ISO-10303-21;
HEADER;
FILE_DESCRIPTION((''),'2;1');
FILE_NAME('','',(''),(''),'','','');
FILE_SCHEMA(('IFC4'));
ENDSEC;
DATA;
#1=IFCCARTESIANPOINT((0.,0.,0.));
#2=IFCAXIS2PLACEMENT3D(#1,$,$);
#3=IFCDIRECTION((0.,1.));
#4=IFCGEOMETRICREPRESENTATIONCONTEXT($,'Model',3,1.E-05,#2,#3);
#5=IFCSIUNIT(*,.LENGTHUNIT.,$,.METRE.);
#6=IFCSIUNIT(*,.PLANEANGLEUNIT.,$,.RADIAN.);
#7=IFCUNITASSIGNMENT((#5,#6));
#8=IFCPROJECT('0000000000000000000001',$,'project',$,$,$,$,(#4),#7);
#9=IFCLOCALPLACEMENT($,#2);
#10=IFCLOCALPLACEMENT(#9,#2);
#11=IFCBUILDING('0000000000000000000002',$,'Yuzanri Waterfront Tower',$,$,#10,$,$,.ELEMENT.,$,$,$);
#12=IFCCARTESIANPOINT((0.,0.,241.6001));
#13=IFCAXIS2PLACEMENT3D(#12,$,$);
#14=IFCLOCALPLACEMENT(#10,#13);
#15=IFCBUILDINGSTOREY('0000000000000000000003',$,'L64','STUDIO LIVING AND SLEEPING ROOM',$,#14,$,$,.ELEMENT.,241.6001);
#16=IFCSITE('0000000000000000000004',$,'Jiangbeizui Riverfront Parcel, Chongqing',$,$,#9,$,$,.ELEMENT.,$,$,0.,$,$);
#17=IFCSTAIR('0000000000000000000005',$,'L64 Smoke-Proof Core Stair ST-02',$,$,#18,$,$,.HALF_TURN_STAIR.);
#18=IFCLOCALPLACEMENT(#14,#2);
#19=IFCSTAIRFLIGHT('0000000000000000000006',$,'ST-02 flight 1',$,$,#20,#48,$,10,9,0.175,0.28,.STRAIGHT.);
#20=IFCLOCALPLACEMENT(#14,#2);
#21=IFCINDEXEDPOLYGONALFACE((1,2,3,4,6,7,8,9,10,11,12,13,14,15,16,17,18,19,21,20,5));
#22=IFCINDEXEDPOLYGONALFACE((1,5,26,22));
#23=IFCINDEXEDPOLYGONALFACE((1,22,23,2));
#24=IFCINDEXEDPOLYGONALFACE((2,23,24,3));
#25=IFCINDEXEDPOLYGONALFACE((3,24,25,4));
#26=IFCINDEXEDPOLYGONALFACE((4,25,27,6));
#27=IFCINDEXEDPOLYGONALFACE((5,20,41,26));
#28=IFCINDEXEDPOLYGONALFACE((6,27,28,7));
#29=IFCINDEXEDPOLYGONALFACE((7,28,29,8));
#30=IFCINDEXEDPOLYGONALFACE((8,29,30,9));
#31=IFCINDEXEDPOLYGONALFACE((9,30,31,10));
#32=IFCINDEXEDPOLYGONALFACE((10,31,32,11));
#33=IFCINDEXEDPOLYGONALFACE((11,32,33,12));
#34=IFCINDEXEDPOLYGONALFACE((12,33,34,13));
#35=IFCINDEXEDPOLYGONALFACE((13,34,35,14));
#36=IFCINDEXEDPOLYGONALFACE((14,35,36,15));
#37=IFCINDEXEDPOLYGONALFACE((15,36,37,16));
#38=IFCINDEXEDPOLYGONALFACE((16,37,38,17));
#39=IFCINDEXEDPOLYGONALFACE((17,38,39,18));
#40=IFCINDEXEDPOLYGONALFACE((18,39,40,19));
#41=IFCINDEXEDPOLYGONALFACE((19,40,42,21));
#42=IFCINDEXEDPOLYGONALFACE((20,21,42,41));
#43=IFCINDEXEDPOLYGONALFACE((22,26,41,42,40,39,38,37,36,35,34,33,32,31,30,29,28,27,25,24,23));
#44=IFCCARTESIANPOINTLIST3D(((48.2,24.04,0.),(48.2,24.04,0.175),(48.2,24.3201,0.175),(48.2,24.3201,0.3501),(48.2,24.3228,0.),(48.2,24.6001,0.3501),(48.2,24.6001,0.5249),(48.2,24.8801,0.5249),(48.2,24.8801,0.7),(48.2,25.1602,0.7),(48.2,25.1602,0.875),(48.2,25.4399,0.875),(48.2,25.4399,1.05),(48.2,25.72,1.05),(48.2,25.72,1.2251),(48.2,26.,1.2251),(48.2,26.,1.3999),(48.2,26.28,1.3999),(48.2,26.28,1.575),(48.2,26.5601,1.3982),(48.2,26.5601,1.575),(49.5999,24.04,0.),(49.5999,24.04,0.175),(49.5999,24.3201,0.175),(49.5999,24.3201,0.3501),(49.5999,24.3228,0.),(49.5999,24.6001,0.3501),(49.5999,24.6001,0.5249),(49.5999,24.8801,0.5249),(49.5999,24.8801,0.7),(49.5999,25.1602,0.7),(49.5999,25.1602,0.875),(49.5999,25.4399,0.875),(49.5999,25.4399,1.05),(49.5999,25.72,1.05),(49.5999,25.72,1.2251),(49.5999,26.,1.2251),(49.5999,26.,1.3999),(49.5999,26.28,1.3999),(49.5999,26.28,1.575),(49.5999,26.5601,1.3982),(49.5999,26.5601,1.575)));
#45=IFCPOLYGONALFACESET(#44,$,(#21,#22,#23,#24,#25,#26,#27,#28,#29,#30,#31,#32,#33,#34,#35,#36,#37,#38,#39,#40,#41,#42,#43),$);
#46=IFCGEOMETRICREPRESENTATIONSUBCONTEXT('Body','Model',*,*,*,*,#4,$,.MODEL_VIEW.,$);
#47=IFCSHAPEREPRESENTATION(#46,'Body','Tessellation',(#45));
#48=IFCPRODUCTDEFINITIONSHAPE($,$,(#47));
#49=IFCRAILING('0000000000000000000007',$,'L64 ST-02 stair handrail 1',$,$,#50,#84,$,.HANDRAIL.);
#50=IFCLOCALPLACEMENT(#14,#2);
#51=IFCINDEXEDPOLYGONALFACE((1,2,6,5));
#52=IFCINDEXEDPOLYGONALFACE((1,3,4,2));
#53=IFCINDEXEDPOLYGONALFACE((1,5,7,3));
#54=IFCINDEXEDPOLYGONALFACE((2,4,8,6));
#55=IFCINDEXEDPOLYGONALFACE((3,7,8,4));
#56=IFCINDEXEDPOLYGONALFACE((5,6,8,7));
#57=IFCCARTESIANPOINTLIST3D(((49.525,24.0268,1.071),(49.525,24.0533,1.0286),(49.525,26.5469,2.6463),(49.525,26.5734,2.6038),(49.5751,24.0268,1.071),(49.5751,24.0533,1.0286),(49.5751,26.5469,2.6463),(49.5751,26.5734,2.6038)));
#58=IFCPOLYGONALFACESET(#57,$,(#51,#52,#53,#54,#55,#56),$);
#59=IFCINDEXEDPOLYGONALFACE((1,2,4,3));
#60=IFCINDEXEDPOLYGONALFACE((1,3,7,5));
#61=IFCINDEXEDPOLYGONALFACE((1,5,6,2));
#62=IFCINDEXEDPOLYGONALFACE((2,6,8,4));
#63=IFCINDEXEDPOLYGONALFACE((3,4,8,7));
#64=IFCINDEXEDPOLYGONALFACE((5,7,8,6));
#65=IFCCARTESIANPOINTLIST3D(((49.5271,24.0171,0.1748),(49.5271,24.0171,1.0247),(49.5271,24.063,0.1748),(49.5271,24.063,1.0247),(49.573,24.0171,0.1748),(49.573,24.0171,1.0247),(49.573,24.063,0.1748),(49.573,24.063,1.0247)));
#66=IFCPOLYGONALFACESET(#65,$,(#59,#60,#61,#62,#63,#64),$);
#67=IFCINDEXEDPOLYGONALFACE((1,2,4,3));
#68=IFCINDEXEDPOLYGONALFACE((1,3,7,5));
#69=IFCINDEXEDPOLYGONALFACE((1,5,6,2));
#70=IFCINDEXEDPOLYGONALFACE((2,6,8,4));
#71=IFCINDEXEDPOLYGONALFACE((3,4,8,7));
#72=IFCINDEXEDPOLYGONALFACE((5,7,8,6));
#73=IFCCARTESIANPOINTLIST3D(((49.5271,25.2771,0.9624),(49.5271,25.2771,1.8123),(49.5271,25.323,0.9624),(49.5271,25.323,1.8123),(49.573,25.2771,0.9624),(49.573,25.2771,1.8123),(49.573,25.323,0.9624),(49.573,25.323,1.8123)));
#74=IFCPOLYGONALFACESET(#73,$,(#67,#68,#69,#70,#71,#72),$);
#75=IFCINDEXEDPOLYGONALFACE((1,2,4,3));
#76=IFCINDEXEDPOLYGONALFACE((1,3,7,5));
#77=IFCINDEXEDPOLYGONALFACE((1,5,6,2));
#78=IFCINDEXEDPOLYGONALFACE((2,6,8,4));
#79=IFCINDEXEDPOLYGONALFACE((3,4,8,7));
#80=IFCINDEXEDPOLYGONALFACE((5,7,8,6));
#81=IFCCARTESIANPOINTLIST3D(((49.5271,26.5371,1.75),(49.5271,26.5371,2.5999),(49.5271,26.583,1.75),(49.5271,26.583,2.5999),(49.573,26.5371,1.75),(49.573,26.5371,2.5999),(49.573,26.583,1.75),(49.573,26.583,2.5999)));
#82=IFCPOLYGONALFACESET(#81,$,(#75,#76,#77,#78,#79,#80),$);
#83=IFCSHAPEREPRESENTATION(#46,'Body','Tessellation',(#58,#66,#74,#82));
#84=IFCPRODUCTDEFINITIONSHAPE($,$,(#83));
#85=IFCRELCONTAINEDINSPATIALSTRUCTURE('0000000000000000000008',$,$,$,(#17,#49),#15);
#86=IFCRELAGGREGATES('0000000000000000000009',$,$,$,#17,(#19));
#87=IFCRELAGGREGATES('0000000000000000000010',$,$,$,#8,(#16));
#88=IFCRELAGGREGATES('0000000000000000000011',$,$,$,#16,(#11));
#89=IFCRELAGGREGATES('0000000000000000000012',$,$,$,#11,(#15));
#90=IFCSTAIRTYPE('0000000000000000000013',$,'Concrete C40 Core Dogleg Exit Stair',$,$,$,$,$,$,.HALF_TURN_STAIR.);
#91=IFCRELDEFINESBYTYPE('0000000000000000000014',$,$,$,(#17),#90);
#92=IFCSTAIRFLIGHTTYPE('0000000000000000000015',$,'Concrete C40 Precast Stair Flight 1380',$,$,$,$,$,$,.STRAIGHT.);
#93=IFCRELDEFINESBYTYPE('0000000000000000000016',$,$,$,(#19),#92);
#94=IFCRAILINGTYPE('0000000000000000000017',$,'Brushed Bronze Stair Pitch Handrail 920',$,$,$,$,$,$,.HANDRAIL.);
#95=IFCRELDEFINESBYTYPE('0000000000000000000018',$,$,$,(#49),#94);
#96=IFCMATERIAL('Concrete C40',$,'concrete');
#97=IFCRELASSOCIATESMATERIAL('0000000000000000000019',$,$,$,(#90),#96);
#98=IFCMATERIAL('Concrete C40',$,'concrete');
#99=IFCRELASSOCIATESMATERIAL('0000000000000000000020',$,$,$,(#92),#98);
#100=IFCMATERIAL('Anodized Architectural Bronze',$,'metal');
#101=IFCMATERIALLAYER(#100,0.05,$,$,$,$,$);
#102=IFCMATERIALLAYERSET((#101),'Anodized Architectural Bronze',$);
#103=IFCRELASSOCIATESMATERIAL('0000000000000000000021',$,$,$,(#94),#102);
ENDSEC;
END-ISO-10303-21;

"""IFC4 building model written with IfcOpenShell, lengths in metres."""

from ifc_helpers import new_model, si_unit, direction, frame, origin, origin_2d, place, context, subcontext, project, spatial, polyline, rectangle, outline, extrude, source, transform, mapped, material, layer, layer_set, type_object, element, aggregate, save


model = new_model("IFC4")

# Units and contexts
model_context = context("Model", 3, precision=1e-05, world=origin(), true_north=direction((0.0, 1.0)))
body_context = subcontext(model_context, "Body", "Model", "MODEL_VIEW")
ifc_project = project(units=[si_unit("LENGTHUNIT", "METRE"), si_unit("PLANEANGLEUNIT", "RADIAN")], contexts=[model_context])

# Site, building, storey
site_placement = place(None, origin())
site = spatial("IfcSite", under=ifc_project, at=site_placement, Name="Jiangbeizui Riverfront Parcel, Chongqing", CompositionType="ELEMENT", RefElevation=0.0)
building_placement = place(site_placement, origin())
building = spatial("IfcBuilding", under=site, at=building_placement, Name="Yuzanri Waterfront Tower", CompositionType="ELEMENT")
storey_placement = place(building_placement, frame((0.0, 0.0, 241.6001)))
storey = spatial("IfcBuildingStorey", under=building, at=storey_placement, Name="L64", Description="STUDIO LIVING AND SLEEPING ROOM", CompositionType="ELEMENT", Elevation=241.6001)

# Stair, stair flight
ifc_material_1 = material(Name="Concrete C40", Category="concrete")
stair_type = type_object("IfcStairType", Name="Concrete C40 Core Dogleg Exit Stair", PredefinedType="HALF_TURN_STAIR", material=ifc_material_1)
stair_placement = place(storey_placement, origin())
stair = element("IfcStair", 1, at=stair_placement, inside=storey, type_object=stair_type, Name="L64 Smoke-Proof Core Stair ST-02", PredefinedType="HALF_TURN_STAIR")
ifc_material_2 = material(Name="Concrete C40", Category="concrete")
stair_flight_type = type_object("IfcStairFlightType", Name="Concrete C40 Precast Stair Flight 1380", PredefinedType="STRAIGHT", material=ifc_material_2)
shared_shape_1 = source(origin(), body_context, "Body", "SweptSolid", [
    extrude(outline(polyline([(0.0, 0.0), (0.0, 0.175), (0.28, 0.175), (0.28, 0.3501), (0.5601, 0.3501), (0.5601, 0.5249), (0.8401, 0.5249), (0.8401, 0.7), (1.1201, 0.7), (1.1201, 0.875), (1.3999, 0.875), (1.3999, 1.05), (1.6799, 1.05), (1.6799, 1.2251), (1.96, 1.2251), (1.96, 1.3999), (2.24, 1.3999), (2.24, 1.575), (2.52, 1.575), (2.52, 1.75), (2.52, 1.3982), (0.2827, 0.0), (0.0, 0.0)])), frame((0.0, 0.7, 0.0), z_axis=(0.0, -1.0, 0.0), x_axis=(1.0, 0.0, 0.0)), (0.0, 0.0, 1.0), 1.3999),
])
stair_flight_placement = place(storey_placement, frame((48.8999, 24.04, 0.0), z_axis=(0.0, 0.0, 1.0), x_axis=(0.0, 1.0, 0.0)))
stair_flight = element("IfcStairFlight", 2, at=stair_flight_placement, type_object=stair_flight_type, Name="ST-02 flight 1", NumberOfRisers=10, NumberOfTreads=9, PredefinedType="STRAIGHT", RiserHeight=0.175, TreadLength=0.28, context=body_context, shape_type="MappedRepresentation", body=[
    mapped(shared_shape_1, transform((0.0, 0.0, 0.0), scale=1.0)),
])
aggregate(stair, [stair_flight])

# Railing
ifc_material_3 = material(Name="Anodized Architectural Bronze", Category="metal")
ifc_layer_1 = layer(ifc_material_3, 0.05)
ifc_layer_set_1 = layer_set([ifc_layer_1], Name="Anodized Architectural Bronze")
railing_type = type_object("IfcRailingType", Name="Brushed Bronze Stair Pitch Handrail 920", PredefinedType="HANDRAIL", material=ifc_layer_set_1)
shared_shape_2 = source(origin(), body_context, "Body", "SweptSolid", [
    extrude(rectangle(XDim=0.05, YDim=0.05, at=origin_2d()), frame((0.0, 0.0, 0.875), z_axis=(0.0, 0.847971, 0.530043), x_axis=(-1.0, 0.0, 0.0)), (0.0, 0.0, 1.0), 2.9719),
    extrude(rectangle(XDim=0.0459, YDim=0.0459, at=origin_2d()), origin(), (0.0, 0.0, 1.0), 0.8499),
    extrude(rectangle(XDim=0.0459, YDim=0.0459, at=origin_2d()), frame((0.0, 1.26, 0.7876)), (0.0, 0.0, 1.0), 0.8499),
    extrude(rectangle(XDim=0.0459, YDim=0.0459, at=origin_2d()), frame((0.0, 2.52, 1.5752)), (0.0, 0.0, 1.0), 0.8499),
])
railing_placement = place(storey_placement, frame((49.55, 24.04, 0.1748)))
element("IfcRailing", 3, at=railing_placement, inside=storey, type_object=railing_type, Name="L64 ST-02 stair handrail 1", PredefinedType="HANDRAIL", context=body_context, shape_type="MappedRepresentation", body=[
    mapped(shared_shape_2, transform((0.0, 0.0, 0.0), scale=1.0)),
])

save(model, "model.ifc")
